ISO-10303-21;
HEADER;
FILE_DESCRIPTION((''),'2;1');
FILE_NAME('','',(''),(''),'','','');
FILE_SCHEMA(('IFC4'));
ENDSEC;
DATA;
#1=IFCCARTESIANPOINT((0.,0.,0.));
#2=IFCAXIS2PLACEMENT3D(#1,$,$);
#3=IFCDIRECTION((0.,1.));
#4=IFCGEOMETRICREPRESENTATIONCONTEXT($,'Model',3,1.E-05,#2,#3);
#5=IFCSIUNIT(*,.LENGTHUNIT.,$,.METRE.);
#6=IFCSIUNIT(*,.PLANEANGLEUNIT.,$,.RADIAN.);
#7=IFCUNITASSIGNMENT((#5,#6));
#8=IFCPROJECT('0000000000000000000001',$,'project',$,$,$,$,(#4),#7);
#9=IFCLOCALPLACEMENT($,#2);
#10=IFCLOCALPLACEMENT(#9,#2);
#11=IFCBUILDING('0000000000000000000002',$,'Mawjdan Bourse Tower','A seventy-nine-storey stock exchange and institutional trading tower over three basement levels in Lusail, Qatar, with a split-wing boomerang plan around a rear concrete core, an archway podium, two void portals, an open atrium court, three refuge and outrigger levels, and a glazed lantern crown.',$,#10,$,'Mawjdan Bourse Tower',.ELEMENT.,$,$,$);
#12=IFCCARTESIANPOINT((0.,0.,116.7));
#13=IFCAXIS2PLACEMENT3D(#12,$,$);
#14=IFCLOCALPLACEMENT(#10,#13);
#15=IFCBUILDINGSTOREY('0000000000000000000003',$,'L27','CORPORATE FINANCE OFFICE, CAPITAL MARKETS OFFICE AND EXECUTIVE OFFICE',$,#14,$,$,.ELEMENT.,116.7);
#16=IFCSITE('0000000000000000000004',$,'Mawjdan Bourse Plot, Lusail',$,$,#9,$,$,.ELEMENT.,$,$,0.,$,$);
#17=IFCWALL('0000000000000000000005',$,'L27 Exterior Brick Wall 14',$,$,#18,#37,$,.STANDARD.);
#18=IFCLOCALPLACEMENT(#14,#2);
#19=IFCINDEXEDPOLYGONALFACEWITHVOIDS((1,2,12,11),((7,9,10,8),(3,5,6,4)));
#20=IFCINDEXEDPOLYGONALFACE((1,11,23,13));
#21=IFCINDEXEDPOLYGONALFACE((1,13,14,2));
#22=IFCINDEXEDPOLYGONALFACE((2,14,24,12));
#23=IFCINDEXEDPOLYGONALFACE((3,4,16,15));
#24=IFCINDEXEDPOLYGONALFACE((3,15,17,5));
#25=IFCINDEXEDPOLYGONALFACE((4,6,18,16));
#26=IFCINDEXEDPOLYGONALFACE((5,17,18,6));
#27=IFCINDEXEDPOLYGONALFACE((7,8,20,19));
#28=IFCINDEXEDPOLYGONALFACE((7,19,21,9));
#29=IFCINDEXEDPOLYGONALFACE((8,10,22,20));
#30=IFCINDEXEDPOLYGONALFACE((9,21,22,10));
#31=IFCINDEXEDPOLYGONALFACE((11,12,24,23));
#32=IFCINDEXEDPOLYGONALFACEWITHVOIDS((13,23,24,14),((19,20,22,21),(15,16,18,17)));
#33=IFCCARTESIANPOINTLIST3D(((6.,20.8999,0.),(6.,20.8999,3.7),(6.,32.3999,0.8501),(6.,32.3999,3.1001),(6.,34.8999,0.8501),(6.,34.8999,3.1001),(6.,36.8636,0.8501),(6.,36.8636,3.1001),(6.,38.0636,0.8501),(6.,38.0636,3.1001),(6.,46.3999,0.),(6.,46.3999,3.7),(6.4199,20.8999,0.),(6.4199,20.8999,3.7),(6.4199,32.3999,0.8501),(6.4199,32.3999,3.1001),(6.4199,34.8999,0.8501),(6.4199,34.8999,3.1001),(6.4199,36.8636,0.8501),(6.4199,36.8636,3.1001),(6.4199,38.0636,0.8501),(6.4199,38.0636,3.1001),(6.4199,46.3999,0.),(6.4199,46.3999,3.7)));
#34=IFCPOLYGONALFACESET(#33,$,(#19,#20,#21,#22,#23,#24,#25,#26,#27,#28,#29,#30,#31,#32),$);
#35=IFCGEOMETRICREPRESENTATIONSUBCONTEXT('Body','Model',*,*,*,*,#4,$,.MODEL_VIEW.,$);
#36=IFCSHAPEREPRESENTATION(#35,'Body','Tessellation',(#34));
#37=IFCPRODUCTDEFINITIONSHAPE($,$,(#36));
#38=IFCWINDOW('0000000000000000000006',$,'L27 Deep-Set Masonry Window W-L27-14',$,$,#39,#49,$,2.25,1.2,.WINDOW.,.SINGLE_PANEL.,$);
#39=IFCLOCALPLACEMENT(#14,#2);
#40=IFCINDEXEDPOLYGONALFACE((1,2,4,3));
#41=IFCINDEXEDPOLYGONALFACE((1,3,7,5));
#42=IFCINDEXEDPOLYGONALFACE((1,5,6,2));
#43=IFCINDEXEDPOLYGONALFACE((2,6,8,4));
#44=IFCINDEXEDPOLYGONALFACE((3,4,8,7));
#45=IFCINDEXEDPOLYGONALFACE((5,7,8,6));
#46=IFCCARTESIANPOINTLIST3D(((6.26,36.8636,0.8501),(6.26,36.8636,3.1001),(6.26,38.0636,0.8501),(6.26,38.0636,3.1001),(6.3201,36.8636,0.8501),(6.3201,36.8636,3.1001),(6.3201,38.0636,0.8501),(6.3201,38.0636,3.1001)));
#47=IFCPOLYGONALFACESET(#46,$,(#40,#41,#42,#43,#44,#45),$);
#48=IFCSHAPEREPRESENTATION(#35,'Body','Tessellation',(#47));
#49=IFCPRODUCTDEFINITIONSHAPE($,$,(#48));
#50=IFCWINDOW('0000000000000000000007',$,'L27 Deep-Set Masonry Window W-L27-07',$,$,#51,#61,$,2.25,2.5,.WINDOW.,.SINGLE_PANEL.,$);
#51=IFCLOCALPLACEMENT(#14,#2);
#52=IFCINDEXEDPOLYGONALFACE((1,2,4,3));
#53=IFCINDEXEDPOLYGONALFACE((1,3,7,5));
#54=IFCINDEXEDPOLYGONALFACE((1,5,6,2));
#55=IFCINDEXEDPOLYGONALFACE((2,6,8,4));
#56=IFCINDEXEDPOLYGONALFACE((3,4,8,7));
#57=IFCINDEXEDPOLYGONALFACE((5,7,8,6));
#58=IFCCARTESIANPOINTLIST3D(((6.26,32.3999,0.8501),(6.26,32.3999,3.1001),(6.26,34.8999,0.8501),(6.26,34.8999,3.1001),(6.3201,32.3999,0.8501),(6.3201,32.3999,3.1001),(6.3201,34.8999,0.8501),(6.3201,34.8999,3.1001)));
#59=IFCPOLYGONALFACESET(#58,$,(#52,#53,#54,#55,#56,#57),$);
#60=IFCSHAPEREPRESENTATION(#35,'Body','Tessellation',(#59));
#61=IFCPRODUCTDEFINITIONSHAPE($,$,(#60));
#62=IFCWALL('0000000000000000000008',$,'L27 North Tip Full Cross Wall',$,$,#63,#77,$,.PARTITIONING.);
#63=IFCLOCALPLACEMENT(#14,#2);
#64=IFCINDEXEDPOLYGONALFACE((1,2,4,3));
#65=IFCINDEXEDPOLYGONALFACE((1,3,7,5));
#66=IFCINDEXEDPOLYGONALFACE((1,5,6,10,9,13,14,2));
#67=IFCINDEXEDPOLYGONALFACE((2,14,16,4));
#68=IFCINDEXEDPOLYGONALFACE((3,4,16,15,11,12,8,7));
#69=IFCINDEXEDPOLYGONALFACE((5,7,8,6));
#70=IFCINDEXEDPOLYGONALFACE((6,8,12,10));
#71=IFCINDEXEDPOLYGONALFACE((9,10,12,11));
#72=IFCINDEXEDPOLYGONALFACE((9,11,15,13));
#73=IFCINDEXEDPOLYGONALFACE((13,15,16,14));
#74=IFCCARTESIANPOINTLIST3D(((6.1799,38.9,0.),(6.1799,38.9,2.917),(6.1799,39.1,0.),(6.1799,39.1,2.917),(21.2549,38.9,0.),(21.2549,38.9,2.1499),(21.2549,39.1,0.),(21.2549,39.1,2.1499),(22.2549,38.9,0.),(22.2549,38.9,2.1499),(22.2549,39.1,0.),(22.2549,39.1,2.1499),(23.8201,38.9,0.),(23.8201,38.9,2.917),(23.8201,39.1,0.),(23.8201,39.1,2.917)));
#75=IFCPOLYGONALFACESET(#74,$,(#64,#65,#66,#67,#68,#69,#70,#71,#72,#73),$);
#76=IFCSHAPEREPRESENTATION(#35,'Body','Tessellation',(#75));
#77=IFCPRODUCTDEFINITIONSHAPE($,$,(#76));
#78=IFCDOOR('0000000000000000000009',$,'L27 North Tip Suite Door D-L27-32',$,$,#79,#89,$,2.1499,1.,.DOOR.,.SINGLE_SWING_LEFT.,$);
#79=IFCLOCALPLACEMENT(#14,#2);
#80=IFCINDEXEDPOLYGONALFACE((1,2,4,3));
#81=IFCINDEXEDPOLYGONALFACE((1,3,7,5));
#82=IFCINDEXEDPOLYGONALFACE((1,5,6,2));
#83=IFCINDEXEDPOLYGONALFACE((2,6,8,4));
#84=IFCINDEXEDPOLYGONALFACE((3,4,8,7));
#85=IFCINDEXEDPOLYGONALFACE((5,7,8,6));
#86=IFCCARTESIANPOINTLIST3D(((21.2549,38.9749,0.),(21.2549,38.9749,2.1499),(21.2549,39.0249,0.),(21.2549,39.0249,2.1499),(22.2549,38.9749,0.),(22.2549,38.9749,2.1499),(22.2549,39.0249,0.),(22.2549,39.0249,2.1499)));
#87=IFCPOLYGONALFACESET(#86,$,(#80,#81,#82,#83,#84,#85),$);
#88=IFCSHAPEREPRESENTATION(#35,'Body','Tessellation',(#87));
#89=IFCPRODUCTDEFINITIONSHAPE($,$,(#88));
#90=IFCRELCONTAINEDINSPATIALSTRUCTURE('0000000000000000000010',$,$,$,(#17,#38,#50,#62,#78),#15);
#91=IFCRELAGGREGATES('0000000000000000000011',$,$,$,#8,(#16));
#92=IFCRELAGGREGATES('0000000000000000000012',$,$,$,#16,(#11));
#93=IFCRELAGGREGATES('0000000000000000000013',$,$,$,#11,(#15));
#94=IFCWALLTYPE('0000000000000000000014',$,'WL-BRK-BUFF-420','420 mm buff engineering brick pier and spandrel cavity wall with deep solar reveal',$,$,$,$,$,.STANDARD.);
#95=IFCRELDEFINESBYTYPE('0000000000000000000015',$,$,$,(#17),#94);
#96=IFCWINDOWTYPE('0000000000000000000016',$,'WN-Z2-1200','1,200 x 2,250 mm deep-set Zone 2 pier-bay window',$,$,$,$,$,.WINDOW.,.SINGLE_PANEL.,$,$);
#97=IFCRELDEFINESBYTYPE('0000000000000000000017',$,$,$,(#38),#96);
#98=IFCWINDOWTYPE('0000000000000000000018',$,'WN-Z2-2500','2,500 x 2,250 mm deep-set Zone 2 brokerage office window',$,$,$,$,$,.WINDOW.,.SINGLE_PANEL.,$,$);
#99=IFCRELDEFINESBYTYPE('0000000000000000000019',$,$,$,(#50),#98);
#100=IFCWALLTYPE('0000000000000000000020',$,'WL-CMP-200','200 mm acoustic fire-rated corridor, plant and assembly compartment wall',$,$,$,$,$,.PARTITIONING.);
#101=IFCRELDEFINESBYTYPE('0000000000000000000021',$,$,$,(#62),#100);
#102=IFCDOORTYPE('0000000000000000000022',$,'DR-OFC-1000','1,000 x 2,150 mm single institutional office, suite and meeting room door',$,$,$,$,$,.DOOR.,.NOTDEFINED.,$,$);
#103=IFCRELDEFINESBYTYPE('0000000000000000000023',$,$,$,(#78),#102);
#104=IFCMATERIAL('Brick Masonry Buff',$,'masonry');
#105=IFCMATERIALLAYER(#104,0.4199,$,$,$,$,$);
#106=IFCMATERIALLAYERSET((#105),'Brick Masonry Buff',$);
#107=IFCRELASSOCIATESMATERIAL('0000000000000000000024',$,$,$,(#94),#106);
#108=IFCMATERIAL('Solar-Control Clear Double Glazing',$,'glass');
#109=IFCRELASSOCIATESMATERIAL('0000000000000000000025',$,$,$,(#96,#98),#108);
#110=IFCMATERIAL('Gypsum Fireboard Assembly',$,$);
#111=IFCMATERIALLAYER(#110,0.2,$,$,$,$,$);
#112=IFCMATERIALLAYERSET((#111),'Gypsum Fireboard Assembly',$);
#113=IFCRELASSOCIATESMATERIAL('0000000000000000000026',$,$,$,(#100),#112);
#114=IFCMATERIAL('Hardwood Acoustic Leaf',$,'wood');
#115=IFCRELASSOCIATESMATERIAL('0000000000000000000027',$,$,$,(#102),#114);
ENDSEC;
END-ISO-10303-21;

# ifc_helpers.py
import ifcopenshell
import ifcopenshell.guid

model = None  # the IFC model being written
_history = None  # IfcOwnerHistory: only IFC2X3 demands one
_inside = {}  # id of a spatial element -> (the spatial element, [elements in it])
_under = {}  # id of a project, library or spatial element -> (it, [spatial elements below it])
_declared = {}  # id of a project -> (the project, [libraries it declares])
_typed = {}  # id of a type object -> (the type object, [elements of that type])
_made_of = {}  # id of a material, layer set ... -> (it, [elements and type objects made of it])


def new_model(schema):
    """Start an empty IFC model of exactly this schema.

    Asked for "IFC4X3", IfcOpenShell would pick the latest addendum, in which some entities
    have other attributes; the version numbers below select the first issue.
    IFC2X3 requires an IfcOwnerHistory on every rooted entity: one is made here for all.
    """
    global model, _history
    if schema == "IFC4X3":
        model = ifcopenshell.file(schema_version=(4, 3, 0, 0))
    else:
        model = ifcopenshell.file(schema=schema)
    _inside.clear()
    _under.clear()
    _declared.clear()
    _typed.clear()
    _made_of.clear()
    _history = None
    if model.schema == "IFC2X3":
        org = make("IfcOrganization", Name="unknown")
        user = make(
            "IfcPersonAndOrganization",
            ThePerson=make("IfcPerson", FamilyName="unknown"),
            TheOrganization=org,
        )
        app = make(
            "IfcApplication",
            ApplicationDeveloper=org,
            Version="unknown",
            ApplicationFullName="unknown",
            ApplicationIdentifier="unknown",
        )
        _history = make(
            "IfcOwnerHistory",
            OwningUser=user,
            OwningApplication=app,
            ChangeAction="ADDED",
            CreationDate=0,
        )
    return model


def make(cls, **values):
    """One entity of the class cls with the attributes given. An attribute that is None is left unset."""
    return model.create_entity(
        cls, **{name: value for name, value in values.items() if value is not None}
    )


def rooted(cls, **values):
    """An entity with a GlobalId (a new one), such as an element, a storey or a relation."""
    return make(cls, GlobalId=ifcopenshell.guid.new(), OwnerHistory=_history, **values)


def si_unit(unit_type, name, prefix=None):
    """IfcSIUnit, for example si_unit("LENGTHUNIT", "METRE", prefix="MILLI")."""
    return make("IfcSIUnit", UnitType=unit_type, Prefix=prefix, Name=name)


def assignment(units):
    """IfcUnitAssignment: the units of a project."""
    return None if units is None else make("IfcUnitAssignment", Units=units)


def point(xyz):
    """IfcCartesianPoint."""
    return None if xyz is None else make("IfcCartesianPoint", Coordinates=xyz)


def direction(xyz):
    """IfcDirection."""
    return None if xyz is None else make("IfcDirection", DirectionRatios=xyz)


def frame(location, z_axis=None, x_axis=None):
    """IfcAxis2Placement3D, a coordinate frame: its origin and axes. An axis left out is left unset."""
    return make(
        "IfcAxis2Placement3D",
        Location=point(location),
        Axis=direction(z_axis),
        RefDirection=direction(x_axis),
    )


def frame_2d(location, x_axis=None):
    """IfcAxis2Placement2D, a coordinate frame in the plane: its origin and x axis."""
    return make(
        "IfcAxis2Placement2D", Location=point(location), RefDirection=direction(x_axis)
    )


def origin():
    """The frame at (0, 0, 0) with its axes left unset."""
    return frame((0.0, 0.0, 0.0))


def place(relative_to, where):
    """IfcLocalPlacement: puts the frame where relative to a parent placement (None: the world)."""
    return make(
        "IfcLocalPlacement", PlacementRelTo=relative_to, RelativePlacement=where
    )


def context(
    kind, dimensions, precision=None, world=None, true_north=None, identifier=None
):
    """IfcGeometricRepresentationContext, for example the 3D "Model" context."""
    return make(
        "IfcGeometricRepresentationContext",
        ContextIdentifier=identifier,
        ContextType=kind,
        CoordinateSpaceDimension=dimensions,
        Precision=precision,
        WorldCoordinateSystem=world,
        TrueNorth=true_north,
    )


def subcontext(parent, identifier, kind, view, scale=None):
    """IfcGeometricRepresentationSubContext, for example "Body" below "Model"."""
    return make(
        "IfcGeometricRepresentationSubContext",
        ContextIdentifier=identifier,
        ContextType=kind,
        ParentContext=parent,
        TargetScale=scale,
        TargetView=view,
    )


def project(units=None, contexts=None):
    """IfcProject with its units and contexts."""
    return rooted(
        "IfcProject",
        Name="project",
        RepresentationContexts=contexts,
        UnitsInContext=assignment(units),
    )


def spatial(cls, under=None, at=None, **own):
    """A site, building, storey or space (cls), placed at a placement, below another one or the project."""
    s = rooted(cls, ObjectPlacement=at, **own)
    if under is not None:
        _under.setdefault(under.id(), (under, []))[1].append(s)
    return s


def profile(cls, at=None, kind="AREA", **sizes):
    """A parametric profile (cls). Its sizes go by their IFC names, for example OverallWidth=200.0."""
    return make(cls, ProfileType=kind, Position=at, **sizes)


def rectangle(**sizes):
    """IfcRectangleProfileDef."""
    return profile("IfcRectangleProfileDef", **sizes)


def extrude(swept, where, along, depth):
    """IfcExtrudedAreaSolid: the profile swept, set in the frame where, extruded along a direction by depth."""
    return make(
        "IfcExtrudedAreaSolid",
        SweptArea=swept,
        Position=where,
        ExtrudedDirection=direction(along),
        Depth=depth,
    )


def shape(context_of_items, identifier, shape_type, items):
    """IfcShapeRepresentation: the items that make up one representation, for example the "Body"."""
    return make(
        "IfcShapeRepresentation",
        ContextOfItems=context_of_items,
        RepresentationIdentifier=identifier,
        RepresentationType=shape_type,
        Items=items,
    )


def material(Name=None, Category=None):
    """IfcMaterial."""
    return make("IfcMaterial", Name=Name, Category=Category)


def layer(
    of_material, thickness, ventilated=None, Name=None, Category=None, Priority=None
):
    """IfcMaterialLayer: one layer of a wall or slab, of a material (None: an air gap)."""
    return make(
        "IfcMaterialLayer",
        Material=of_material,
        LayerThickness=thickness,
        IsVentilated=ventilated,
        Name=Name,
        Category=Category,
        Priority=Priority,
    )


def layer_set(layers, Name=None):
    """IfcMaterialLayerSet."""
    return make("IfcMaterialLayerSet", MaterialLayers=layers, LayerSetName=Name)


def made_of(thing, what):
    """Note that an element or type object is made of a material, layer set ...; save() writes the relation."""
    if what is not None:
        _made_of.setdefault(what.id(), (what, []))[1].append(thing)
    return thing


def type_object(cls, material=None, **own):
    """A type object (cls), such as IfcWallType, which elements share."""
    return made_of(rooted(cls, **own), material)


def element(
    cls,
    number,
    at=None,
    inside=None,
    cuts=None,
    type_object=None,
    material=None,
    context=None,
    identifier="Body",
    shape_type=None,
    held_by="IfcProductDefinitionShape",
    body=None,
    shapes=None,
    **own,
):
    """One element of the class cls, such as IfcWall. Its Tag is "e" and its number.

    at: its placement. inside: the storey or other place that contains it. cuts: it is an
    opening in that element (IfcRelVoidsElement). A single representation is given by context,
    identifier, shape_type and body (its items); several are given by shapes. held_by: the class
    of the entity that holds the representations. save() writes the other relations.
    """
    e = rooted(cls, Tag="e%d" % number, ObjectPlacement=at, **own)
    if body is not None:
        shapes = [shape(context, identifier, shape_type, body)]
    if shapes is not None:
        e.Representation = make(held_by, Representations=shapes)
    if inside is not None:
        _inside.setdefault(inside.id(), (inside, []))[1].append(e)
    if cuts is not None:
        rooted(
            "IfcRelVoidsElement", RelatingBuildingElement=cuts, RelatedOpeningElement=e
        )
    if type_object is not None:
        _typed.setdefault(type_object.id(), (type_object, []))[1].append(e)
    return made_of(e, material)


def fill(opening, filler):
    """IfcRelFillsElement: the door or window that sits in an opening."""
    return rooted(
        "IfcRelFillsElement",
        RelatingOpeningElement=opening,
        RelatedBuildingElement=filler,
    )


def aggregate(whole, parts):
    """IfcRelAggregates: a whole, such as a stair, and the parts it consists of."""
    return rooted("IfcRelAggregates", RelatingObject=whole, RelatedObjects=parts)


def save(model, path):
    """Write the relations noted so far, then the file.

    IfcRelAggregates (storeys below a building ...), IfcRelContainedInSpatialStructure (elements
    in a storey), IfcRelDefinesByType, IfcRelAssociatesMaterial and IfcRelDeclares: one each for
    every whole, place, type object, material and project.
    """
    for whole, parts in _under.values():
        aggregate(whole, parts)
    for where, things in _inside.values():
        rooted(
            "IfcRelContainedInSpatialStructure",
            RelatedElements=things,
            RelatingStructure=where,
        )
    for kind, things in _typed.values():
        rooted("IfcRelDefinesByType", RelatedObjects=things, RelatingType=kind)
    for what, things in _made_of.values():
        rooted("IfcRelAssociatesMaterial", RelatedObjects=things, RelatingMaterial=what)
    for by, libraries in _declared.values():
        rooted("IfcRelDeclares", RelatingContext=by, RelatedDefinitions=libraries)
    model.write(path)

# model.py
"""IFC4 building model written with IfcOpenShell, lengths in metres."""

from ifc_helpers import new_model, si_unit, direction, frame, frame_2d, origin, place, context, subcontext, project, spatial, rectangle, extrude, material, layer, layer_set, type_object, element, fill, save


model = new_model("IFC4")

# Units and contexts
model_context = context("Model", 3, precision=1e-05, world=origin(), true_north=direction((0.0, 1.0)))
body_context = subcontext(model_context, "Body", "Model", "MODEL_VIEW")
ifc_project = project(units=[si_unit("LENGTHUNIT", "METRE"), si_unit("PLANEANGLEUNIT", "RADIAN")], contexts=[model_context])

# Site, building, storey
site_placement = place(None, origin())
site = spatial("IfcSite", under=ifc_project, at=site_placement, Name="Mawjdan Bourse Plot, Lusail", CompositionType="ELEMENT", RefElevation=0.0)
building_placement = place(site_placement, origin())
building = spatial("IfcBuilding", under=site, at=building_placement, Name="Mawjdan Bourse Tower", Description="A seventy-nine-storey stock exchange and institutional trading tower over three basement levels in Lusail, Qatar, with a split-wing boomerang plan around a rear concrete core, an archway podium, two void portals, an open atrium court, three refuge and outrigger levels, and a glazed lantern crown.", LongName="Mawjdan Bourse Tower", CompositionType="ELEMENT")
storey_placement = place(building_placement, frame((0.0, 0.0, 116.7)))
storey = spatial("IfcBuildingStorey", under=building, at=storey_placement, Name="L27", Description="CORPORATE FINANCE OFFICE, CAPITAL MARKETS OFFICE AND EXECUTIVE OFFICE", CompositionType="ELEMENT", Elevation=116.7)

# Shared definitions
ifc_material_1 = material(Name="Brick Masonry Buff", Category="masonry")
ifc_layer_1 = layer(ifc_material_1, 0.4199)
ifc_layer_set_1 = layer_set([ifc_layer_1], Name="Brick Masonry Buff")
wall_type_1 = type_object("IfcWallType", Name="WL-BRK-BUFF-420", Description="420 mm buff engineering brick pier and spandrel cavity wall with deep solar reveal", PredefinedType="STANDARD", material=ifc_layer_set_1)

# Wall, openings, windows
wall_1_placement = place(storey_placement, frame((6.21, 46.3999, 0.0), z_axis=(0.0, 0.0, 1.0), x_axis=(0.0, -1.0, 0.0)))
wall_1 = element("IfcWall", 1, at=wall_1_placement, inside=storey, type_object=wall_type_1, Name="L27 Exterior Brick Wall 14", PredefinedType="STANDARD", context=body_context, shape_type="SweptSolid", body=[
    extrude(rectangle(XDim=25.5, YDim=0.4199, at=frame_2d((12.75, 0.0))), origin(), (0.0, 0.0, 1.0), 3.7),
])
opening_1_placement = place(wall_1_placement, frame((11.5, 0.0, 0.8501)))
opening_1 = element("IfcOpeningElement", 2, at=opening_1_placement, cuts=wall_1, PredefinedType="OPENING", context=body_context, shape_type="SweptSolid", body=[
    extrude(rectangle(XDim=2.5, YDim=2.25, at=frame_2d((1.25, 1.125))), frame((0.0, 0.22, 0.0), z_axis=(0.0, -1.0, 0.0), x_axis=(1.0, 0.0, 0.0)), (0.0, 0.0, 1.0), 0.4399),
])
opening_2_placement = place(wall_1_placement, frame((8.3362, 0.0, 0.8501)))
opening_2 = element("IfcOpeningElement", 3, at=opening_2_placement, cuts=wall_1, PredefinedType="OPENING", context=body_context, shape_type="SweptSolid", body=[
    extrude(rectangle(XDim=1.2, YDim=2.25, at=frame_2d((0.6001, 1.125))), frame((0.0, 0.22, 0.0), z_axis=(0.0, -1.0, 0.0), x_axis=(1.0, 0.0, 0.0)), (0.0, 0.0, 1.0), 0.4399),
])
ifc_material_2 = material(Name="Solar-Control Clear Double Glazing", Category="glass")
window_type_1 = type_object("IfcWindowType", Name="WN-Z2-1200", Description="1,200 x 2,250 mm deep-set Zone 2 pier-bay window", PartitioningType="SINGLE_PANEL", PredefinedType="WINDOW", material=ifc_material_2)
window_1_placement = place(opening_2_placement, origin())
window_1 = element("IfcWindow", 4, at=window_1_placement, inside=storey, type_object=window_type_1, Name="L27 Deep-Set Masonry Window W-L27-14", OverallHeight=2.25, OverallWidth=1.2, PartitioningType="SINGLE_PANEL", PredefinedType="WINDOW", context=body_context, shape_type="SweptSolid", body=[
    extrude(rectangle(XDim=1.2, YDim=2.25, at=frame_2d((0.6001, 1.125))), frame((0.0, 0.1101, 0.0), z_axis=(0.0, -1.0, 0.0), x_axis=(1.0, 0.0, 0.0)), (0.0, 0.0, 1.0), 0.0601),
])
fill(opening_2, window_1)
window_type_2 = type_object("IfcWindowType", Name="WN-Z2-2500", Description="2,500 x 2,250 mm deep-set Zone 2 brokerage office window", PartitioningType="SINGLE_PANEL", PredefinedType="WINDOW", material=ifc_material_2)
window_2_placement = place(opening_1_placement, origin())
window_2 = element("IfcWindow", 5, at=window_2_placement, inside=storey, type_object=window_type_2, Name="L27 Deep-Set Masonry Window W-L27-07", OverallHeight=2.25, OverallWidth=2.5, PartitioningType="SINGLE_PANEL", PredefinedType="WINDOW", context=body_context, shape_type="SweptSolid", body=[
    extrude(rectangle(XDim=2.5, YDim=2.25, at=frame_2d((1.25, 1.125))), frame((0.0, 0.1101, 0.0), z_axis=(0.0, -1.0, 0.0), x_axis=(1.0, 0.0, 0.0)), (0.0, 0.0, 1.0), 0.0601),
])
fill(opening_1, window_2)

# Wall, opening, door
ifc_material_3 = material(Name="Gypsum Fireboard Assembly")
ifc_layer_2 = layer(ifc_material_3, 0.2)
ifc_layer_set_2 = layer_set([ifc_layer_2], Name="Gypsum Fireboard Assembly")
wall_type_2 = type_object("IfcWallType", Name="WL-CMP-200", Description="200 mm acoustic fire-rated corridor, plant and assembly compartment wall", PredefinedType="PARTITIONING", material=ifc_layer_set_2)
wall_2_placement = place(storey_placement, frame((6.1799, 39.0, 0.0), z_axis=(0.0, 0.0, 1.0), x_axis=(1.0, 0.0, 0.0)))
wall_2 = element("IfcWall", 6, at=wall_2_placement, inside=storey, type_object=wall_type_2, Name="L27 North Tip Full Cross Wall", PredefinedType="PARTITIONING", context=body_context, shape_type="SweptSolid", body=[
    extrude(rectangle(XDim=17.6401, YDim=0.2, at=frame_2d((8.8201, 0.0))), origin(), (0.0, 0.0, 1.0), 2.917),
])
opening_3_placement = place(wall_2_placement, frame((15.075, 0.0, 0.0)))
opening_3 = element("IfcOpeningElement", 7, at=opening_3_placement, cuts=wall_2, PredefinedType="OPENING", context=body_context, shape_type="SweptSolid", body=[
    extrude(rectangle(XDim=1.0, YDim=2.1499, at=frame_2d((0.5, 1.075))), frame((0.0, 0.1099, 0.0), z_axis=(0.0, -1.0, 0.0), x_axis=(1.0, 0.0, 0.0)), (0.0, 0.0, 1.0), 0.22),
])
ifc_material_4 = material(Name="Hardwood Acoustic Leaf", Category="wood")
door_type = type_object("IfcDoorType", Name="DR-OFC-1000", Description="1,000 x 2,150 mm single institutional office, suite and meeting room door", OperationType="NOTDEFINED", PredefinedType="DOOR", material=ifc_material_4)
door_placement = place(opening_3_placement, origin())
door = element("IfcDoor", 8, at=door_placement, inside=storey, type_object=door_type, Name="L27 North Tip Suite Door D-L27-32", OperationType="SINGLE_SWING_LEFT", OverallHeight=2.1499, OverallWidth=1.0, PredefinedType="DOOR", context=body_context, shape_type="SweptSolid", body=[
    extrude(rectangle(XDim=1.0, YDim=2.1499, at=frame_2d((0.5, 1.075))), frame((0.0, 0.0249, 0.0), z_axis=(0.0, -1.0, 0.0), x_axis=(1.0, 0.0, 0.0)), (0.0, 0.0, 1.0), 0.05),
])
fill(opening_3, door)

save(model, "model.ifc")
